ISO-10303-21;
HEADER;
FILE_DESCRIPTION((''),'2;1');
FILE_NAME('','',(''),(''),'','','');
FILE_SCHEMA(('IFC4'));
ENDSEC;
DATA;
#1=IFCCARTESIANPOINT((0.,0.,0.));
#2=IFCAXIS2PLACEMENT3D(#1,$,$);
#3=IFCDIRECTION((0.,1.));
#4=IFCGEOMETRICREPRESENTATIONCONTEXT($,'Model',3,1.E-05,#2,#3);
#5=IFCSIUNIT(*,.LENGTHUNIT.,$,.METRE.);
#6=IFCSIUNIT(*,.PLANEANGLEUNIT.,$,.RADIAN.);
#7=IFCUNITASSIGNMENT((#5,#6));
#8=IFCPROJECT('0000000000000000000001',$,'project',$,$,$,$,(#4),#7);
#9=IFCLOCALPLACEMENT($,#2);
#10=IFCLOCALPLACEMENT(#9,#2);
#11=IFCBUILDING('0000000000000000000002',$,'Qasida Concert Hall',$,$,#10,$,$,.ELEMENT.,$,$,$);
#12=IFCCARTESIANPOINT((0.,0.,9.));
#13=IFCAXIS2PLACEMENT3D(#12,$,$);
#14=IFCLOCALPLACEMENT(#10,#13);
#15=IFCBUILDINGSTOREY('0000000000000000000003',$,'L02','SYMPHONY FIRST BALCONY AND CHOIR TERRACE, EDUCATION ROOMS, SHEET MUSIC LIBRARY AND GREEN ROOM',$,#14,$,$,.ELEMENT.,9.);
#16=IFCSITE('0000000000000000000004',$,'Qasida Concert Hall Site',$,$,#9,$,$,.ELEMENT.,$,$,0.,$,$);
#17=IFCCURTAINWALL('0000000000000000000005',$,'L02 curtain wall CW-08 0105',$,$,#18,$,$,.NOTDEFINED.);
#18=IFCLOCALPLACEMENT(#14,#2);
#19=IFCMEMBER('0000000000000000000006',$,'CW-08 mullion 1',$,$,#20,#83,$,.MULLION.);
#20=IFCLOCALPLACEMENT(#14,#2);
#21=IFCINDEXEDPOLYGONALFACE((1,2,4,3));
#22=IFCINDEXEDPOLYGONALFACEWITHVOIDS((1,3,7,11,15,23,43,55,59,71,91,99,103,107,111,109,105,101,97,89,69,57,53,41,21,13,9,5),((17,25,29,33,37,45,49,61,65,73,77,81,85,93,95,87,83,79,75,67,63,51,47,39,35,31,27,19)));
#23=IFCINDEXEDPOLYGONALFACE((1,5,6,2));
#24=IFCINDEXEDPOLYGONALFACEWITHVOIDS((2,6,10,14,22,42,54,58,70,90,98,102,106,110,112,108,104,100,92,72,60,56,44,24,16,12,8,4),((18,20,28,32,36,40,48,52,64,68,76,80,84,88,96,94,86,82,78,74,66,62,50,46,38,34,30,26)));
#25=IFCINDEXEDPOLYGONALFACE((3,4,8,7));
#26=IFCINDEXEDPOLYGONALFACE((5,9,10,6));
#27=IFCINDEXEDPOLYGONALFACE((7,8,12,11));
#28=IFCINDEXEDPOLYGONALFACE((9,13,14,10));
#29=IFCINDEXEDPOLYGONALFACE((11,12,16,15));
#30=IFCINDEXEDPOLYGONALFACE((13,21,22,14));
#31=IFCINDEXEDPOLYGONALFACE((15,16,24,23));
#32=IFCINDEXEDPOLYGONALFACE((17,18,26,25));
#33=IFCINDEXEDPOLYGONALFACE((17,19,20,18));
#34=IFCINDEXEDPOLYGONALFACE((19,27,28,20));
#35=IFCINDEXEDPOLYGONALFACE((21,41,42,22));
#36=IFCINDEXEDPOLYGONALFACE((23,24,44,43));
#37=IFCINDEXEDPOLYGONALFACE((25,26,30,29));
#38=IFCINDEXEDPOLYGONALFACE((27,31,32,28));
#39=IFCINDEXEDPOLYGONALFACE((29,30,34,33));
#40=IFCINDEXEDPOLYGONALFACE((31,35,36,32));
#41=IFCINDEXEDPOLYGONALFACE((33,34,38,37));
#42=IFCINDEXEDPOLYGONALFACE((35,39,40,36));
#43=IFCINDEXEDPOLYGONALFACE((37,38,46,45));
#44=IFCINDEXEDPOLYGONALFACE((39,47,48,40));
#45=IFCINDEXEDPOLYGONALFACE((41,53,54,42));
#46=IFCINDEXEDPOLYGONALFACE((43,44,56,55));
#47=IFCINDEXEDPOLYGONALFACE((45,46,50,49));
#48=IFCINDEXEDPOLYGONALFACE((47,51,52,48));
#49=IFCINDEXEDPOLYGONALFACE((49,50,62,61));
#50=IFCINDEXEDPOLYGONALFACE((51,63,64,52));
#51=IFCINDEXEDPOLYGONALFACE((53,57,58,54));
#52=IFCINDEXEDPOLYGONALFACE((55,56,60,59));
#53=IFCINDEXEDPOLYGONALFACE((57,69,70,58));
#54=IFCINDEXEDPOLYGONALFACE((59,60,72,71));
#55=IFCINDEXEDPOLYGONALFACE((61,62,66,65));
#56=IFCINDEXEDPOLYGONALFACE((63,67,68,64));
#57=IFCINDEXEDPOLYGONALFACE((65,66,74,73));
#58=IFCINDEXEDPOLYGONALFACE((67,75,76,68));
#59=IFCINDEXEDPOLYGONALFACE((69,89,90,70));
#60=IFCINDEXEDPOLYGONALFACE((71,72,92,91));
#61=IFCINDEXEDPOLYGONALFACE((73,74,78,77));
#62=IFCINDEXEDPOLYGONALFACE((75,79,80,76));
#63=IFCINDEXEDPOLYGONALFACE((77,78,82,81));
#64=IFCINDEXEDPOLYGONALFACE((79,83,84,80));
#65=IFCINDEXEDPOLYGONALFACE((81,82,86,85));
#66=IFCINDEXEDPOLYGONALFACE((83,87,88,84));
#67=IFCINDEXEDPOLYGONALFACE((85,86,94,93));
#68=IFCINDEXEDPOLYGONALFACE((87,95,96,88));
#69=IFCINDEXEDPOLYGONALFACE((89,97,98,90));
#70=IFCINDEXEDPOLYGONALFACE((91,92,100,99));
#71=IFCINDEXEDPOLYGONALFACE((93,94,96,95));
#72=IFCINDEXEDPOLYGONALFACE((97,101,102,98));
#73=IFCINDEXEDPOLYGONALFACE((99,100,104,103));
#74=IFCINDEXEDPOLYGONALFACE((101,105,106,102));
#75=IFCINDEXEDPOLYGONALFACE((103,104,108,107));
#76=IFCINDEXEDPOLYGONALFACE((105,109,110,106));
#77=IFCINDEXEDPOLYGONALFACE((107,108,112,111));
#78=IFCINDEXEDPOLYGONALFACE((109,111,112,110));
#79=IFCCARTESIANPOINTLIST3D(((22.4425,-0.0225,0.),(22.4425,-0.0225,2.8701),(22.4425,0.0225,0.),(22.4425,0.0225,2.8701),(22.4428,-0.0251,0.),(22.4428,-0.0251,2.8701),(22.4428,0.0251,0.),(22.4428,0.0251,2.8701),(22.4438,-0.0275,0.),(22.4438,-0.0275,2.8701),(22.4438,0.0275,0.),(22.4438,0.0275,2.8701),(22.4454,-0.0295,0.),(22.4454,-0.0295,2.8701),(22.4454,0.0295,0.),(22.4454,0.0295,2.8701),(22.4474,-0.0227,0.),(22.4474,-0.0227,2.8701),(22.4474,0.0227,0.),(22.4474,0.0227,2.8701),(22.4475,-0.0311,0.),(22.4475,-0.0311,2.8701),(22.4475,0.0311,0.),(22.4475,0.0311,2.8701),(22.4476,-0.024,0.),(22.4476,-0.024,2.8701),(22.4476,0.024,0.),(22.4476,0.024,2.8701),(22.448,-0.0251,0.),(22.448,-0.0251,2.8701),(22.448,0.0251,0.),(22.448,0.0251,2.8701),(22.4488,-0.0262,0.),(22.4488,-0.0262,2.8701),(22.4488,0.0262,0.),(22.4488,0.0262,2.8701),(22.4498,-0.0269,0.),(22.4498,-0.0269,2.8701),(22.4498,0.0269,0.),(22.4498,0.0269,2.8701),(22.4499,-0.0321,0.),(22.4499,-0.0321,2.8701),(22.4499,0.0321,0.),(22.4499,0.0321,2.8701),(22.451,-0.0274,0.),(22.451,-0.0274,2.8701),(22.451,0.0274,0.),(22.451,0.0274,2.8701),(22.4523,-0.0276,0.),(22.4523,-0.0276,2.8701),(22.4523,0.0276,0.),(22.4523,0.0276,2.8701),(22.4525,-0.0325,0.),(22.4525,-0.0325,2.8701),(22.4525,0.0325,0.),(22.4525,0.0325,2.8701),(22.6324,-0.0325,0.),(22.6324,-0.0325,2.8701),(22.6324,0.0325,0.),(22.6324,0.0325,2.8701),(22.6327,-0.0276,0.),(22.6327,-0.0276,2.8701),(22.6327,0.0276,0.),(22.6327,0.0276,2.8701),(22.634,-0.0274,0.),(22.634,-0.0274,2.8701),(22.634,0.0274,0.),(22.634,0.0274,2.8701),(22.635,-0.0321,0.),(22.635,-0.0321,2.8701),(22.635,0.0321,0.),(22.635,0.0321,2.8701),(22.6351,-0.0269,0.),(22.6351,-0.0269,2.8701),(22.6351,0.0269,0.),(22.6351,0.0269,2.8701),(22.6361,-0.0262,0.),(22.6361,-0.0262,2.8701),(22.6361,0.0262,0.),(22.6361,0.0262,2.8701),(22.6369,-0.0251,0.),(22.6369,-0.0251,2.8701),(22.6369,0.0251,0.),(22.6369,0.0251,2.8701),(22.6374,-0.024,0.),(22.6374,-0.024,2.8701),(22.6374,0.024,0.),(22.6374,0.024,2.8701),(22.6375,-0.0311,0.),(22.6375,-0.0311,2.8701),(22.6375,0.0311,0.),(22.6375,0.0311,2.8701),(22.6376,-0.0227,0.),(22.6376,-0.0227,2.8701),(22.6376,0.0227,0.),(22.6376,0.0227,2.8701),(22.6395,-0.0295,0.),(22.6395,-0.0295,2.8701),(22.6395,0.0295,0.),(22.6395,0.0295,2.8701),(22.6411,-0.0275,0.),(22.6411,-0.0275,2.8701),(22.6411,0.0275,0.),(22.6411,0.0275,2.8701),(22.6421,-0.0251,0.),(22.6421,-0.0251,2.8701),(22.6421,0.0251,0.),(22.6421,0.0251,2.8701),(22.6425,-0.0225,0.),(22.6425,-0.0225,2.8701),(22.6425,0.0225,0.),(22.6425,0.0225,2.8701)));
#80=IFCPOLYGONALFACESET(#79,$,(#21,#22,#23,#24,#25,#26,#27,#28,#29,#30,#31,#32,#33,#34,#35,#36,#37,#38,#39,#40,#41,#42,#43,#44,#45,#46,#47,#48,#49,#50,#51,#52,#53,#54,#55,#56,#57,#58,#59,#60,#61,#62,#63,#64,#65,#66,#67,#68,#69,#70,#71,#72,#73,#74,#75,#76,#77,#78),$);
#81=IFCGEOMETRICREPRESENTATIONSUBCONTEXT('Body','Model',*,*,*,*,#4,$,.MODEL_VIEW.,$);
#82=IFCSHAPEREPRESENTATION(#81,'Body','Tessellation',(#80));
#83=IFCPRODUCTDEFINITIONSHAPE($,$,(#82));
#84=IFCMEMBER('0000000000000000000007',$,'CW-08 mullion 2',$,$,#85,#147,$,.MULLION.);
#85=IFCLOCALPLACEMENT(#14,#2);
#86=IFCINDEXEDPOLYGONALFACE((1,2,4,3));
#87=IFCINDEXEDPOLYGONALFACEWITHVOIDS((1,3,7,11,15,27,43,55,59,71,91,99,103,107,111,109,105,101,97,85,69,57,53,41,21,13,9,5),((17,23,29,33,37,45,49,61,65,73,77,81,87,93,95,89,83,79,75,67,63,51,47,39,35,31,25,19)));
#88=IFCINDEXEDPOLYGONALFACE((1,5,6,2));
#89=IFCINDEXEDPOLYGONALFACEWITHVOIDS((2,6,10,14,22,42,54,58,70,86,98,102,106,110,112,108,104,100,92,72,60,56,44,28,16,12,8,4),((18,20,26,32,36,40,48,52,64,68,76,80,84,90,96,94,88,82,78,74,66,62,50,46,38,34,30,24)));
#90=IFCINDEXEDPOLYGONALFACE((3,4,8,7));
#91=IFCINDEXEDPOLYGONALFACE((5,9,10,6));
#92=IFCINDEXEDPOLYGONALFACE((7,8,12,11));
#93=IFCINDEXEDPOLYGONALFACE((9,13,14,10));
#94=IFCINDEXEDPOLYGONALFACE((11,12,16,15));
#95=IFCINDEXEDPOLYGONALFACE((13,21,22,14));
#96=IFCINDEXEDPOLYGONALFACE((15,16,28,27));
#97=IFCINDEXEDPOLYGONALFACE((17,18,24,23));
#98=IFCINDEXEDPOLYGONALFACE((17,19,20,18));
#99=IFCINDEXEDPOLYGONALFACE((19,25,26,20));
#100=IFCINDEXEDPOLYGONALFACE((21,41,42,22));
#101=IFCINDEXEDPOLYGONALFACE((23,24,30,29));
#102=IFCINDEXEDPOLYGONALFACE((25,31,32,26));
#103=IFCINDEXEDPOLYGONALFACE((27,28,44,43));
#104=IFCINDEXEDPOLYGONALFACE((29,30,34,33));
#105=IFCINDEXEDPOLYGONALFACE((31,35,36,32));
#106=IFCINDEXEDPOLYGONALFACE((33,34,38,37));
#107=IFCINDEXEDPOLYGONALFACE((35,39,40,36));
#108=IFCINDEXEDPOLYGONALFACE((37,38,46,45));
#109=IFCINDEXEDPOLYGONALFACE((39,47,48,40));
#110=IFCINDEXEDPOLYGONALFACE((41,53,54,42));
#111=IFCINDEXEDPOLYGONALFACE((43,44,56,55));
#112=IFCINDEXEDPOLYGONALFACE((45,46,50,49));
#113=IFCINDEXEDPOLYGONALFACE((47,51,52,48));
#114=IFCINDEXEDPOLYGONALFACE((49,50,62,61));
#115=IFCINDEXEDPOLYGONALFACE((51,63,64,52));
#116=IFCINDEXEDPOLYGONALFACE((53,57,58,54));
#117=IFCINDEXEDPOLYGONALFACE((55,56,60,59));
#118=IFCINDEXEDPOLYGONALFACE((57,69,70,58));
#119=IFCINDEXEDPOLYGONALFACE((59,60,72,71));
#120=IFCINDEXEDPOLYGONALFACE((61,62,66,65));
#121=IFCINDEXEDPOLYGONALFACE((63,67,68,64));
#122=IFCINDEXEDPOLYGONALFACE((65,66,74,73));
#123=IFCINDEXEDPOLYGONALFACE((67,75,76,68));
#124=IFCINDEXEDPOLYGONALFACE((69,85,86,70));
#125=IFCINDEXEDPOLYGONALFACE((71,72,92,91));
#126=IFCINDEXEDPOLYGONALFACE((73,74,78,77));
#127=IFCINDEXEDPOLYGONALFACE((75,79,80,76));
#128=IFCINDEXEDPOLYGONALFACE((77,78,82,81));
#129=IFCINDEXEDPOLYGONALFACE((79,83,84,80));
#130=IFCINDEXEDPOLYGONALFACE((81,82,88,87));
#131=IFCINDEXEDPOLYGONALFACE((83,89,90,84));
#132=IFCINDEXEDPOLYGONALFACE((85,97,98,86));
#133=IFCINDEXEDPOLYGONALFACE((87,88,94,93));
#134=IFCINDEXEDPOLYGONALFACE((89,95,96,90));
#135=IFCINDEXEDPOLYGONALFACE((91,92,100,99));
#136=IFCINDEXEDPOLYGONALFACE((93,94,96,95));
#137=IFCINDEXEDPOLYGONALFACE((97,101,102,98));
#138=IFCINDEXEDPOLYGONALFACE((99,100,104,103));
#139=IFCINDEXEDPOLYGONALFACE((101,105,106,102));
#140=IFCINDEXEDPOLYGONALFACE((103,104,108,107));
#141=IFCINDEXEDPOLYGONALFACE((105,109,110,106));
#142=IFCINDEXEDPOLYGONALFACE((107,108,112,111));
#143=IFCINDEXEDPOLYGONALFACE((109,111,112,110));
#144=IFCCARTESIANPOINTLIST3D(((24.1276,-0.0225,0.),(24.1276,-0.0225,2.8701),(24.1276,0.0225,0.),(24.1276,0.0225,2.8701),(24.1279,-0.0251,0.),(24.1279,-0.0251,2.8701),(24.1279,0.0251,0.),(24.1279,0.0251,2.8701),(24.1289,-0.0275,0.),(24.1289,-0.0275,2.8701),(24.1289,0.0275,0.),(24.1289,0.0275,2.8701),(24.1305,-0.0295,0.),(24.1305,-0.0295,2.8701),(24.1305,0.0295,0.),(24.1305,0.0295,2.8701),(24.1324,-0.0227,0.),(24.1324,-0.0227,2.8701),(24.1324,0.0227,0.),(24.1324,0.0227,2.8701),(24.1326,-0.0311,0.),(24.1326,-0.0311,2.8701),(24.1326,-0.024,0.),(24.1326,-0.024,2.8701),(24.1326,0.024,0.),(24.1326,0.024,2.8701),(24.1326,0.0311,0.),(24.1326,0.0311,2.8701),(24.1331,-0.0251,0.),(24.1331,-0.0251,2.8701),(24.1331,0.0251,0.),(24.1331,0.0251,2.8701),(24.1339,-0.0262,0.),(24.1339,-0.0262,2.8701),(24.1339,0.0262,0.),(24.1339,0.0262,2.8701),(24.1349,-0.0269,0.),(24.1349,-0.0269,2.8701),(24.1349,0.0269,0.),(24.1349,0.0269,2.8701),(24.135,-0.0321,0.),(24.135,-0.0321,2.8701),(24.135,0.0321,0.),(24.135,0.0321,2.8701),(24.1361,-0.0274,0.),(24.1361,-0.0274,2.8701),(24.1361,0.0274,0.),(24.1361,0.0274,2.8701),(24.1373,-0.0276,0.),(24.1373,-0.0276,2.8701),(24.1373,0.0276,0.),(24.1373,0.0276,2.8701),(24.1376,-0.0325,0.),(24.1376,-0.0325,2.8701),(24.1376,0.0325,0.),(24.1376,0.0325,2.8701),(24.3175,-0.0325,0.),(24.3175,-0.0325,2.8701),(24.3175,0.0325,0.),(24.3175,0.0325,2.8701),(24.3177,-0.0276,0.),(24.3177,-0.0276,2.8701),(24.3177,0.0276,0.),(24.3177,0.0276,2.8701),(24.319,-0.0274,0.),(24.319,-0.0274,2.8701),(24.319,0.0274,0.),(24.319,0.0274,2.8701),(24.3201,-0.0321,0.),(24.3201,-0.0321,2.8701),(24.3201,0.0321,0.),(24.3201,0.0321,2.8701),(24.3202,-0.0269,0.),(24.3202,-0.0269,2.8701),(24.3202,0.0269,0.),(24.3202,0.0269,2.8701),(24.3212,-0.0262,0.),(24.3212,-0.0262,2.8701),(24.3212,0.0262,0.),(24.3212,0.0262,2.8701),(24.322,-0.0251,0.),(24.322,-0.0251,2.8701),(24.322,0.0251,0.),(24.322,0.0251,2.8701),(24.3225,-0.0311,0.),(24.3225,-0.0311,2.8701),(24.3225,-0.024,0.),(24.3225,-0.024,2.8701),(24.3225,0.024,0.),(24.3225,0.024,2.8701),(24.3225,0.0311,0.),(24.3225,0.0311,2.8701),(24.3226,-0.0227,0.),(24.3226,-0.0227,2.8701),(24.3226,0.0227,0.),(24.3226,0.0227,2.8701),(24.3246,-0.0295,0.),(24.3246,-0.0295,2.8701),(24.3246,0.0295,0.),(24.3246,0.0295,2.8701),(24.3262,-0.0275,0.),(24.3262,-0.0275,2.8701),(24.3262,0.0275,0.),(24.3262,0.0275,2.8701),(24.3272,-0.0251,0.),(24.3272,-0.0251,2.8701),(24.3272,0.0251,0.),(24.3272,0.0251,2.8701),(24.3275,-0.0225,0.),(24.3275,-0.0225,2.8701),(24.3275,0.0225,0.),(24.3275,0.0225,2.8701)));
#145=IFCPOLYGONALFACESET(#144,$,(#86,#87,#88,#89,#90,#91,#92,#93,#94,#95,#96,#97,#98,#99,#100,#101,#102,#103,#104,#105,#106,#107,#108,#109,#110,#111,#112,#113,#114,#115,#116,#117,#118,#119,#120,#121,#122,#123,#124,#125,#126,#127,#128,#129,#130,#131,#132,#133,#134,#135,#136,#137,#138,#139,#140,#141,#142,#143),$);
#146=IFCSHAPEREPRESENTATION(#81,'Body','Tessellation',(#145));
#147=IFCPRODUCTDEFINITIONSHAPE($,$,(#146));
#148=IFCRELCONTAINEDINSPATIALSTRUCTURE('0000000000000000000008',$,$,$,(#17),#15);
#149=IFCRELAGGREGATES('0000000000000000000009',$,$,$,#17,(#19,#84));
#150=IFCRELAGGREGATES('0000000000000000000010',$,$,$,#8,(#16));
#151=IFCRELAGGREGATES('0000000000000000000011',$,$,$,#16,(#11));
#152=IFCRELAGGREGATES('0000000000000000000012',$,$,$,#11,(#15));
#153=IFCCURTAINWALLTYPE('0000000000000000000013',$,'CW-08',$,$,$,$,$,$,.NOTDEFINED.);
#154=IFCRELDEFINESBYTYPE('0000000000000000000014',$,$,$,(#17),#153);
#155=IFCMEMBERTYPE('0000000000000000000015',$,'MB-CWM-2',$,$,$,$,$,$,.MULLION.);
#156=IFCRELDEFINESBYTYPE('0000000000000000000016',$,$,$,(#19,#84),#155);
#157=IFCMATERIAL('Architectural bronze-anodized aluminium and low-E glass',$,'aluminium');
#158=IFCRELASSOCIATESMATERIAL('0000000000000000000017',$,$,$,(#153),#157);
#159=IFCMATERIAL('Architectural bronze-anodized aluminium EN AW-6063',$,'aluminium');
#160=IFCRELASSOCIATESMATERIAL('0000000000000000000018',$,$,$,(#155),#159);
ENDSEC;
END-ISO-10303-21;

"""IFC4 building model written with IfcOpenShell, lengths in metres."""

from ifc_helpers import new_model, si_unit, direction, frame, origin, origin_2d, place, context, subcontext, project, spatial, hollow_rectangle, extrude, material, material_profile, profile_set, type_object, element, aggregate, save


model = new_model("IFC4")

# Units and contexts
model_context = context("Model", 3, precision=1e-05, world=origin(), true_north=direction((0.0, 1.0)))
body_context = subcontext(model_context, "Body", "Model", "MODEL_VIEW")
ifc_project = project(units=[si_unit("LENGTHUNIT", "METRE"), si_unit("PLANEANGLEUNIT", "RADIAN")], contexts=[model_context])

# Site, building, storey
site_placement = place(None, origin())
site = spatial("IfcSite", under=ifc_project, at=site_placement, Name="Qasida Concert Hall Site", CompositionType="ELEMENT", RefElevation=0.0)
building_placement = place(site_placement, origin())
building = spatial("IfcBuilding", under=site, at=building_placement, Name="Qasida Concert Hall", CompositionType="ELEMENT")
storey_placement = place(building_placement, frame((0.0, 0.0, 9.0)))
storey = spatial("IfcBuildingStorey", under=building, at=storey_placement, Name="L02", Description="SYMPHONY FIRST BALCONY AND CHOIR TERRACE, EDUCATION ROOMS, SHEET MUSIC LIBRARY AND GREEN ROOM", CompositionType="ELEMENT", Elevation=9.0)

# Curtain wall, members
ifc_material_1 = material(Name="Architectural bronze-anodized aluminium and low-E glass", Category="aluminium")
curtain_wall_type = type_object("IfcCurtainWallType", Name="CW-08", PredefinedType="NOTDEFINED", material=ifc_material_1)
ifc_material_2 = material(Name="Architectural bronze-anodized aluminium EN AW-6063", Category="aluminium")
ifc_material_profile_1 = material_profile(ifc_material_2, hollow_rectangle(XDim=0.0649, YDim=0.2, WallThickness=0.0049, InnerFilletRadius=0.0049, OuterFilletRadius=0.01, at=origin_2d()), Name="CWM 200x65x5")
ifc_profile_set_1 = profile_set([ifc_material_profile_1], Name="Architectural bronze-anodized aluminium EN AW-6063")
member_type_1 = type_object("IfcMemberType", Name="MB-CWM-2", PredefinedType="MULLION", material=ifc_profile_set_1)
curtain_wall_1_placement = place(storey_placement, origin())
curtain_wall_1 = element("IfcCurtainWall", 1, at=curtain_wall_1_placement, inside=storey, type_object=curtain_wall_type, Name="L02 curtain wall CW-08 0105", PredefinedType="NOTDEFINED")
member_1_placement = place(storey_placement, frame((22.5425, 0.0, 0.0), z_axis=(0.0, 0.0, 1.0), x_axis=(0.0, 1.0, 0.0)))
member_1 = element("IfcMember", 2, at=member_1_placement, type_object=member_type_1, Name="CW-08 mullion 1", PredefinedType="MULLION", context=body_context, shape_type="SweptSolid", body=[
    extrude(hollow_rectangle(XDim=0.0649, YDim=0.2, WallThickness=0.0049, InnerFilletRadius=0.0049, OuterFilletRadius=0.01, at=origin_2d()), origin(), (0.0, 0.0, 1.0), 2.8701),
])
member_2_placement = place(storey_placement, frame((24.2275, 0.0, 0.0), z_axis=(0.0, 0.0, 1.0), x_axis=(0.0, 1.0, 0.0)))
member_2 = element("IfcMember", 3, at=member_2_placement, type_object=member_type_1, Name="CW-08 mullion 2", PredefinedType="MULLION", context=body_context, shape_type="SweptSolid", body=[
    extrude(hollow_rectangle(XDim=0.0649, YDim=0.2, WallThickness=0.0049, InnerFilletRadius=0.0049, OuterFilletRadius=0.01, at=origin_2d()), origin(), (0.0, 0.0, 1.0), 2.8701),
])

aggregate(curtain_wall_1, [member_1, member_2])

save(model, "model.ifc")
